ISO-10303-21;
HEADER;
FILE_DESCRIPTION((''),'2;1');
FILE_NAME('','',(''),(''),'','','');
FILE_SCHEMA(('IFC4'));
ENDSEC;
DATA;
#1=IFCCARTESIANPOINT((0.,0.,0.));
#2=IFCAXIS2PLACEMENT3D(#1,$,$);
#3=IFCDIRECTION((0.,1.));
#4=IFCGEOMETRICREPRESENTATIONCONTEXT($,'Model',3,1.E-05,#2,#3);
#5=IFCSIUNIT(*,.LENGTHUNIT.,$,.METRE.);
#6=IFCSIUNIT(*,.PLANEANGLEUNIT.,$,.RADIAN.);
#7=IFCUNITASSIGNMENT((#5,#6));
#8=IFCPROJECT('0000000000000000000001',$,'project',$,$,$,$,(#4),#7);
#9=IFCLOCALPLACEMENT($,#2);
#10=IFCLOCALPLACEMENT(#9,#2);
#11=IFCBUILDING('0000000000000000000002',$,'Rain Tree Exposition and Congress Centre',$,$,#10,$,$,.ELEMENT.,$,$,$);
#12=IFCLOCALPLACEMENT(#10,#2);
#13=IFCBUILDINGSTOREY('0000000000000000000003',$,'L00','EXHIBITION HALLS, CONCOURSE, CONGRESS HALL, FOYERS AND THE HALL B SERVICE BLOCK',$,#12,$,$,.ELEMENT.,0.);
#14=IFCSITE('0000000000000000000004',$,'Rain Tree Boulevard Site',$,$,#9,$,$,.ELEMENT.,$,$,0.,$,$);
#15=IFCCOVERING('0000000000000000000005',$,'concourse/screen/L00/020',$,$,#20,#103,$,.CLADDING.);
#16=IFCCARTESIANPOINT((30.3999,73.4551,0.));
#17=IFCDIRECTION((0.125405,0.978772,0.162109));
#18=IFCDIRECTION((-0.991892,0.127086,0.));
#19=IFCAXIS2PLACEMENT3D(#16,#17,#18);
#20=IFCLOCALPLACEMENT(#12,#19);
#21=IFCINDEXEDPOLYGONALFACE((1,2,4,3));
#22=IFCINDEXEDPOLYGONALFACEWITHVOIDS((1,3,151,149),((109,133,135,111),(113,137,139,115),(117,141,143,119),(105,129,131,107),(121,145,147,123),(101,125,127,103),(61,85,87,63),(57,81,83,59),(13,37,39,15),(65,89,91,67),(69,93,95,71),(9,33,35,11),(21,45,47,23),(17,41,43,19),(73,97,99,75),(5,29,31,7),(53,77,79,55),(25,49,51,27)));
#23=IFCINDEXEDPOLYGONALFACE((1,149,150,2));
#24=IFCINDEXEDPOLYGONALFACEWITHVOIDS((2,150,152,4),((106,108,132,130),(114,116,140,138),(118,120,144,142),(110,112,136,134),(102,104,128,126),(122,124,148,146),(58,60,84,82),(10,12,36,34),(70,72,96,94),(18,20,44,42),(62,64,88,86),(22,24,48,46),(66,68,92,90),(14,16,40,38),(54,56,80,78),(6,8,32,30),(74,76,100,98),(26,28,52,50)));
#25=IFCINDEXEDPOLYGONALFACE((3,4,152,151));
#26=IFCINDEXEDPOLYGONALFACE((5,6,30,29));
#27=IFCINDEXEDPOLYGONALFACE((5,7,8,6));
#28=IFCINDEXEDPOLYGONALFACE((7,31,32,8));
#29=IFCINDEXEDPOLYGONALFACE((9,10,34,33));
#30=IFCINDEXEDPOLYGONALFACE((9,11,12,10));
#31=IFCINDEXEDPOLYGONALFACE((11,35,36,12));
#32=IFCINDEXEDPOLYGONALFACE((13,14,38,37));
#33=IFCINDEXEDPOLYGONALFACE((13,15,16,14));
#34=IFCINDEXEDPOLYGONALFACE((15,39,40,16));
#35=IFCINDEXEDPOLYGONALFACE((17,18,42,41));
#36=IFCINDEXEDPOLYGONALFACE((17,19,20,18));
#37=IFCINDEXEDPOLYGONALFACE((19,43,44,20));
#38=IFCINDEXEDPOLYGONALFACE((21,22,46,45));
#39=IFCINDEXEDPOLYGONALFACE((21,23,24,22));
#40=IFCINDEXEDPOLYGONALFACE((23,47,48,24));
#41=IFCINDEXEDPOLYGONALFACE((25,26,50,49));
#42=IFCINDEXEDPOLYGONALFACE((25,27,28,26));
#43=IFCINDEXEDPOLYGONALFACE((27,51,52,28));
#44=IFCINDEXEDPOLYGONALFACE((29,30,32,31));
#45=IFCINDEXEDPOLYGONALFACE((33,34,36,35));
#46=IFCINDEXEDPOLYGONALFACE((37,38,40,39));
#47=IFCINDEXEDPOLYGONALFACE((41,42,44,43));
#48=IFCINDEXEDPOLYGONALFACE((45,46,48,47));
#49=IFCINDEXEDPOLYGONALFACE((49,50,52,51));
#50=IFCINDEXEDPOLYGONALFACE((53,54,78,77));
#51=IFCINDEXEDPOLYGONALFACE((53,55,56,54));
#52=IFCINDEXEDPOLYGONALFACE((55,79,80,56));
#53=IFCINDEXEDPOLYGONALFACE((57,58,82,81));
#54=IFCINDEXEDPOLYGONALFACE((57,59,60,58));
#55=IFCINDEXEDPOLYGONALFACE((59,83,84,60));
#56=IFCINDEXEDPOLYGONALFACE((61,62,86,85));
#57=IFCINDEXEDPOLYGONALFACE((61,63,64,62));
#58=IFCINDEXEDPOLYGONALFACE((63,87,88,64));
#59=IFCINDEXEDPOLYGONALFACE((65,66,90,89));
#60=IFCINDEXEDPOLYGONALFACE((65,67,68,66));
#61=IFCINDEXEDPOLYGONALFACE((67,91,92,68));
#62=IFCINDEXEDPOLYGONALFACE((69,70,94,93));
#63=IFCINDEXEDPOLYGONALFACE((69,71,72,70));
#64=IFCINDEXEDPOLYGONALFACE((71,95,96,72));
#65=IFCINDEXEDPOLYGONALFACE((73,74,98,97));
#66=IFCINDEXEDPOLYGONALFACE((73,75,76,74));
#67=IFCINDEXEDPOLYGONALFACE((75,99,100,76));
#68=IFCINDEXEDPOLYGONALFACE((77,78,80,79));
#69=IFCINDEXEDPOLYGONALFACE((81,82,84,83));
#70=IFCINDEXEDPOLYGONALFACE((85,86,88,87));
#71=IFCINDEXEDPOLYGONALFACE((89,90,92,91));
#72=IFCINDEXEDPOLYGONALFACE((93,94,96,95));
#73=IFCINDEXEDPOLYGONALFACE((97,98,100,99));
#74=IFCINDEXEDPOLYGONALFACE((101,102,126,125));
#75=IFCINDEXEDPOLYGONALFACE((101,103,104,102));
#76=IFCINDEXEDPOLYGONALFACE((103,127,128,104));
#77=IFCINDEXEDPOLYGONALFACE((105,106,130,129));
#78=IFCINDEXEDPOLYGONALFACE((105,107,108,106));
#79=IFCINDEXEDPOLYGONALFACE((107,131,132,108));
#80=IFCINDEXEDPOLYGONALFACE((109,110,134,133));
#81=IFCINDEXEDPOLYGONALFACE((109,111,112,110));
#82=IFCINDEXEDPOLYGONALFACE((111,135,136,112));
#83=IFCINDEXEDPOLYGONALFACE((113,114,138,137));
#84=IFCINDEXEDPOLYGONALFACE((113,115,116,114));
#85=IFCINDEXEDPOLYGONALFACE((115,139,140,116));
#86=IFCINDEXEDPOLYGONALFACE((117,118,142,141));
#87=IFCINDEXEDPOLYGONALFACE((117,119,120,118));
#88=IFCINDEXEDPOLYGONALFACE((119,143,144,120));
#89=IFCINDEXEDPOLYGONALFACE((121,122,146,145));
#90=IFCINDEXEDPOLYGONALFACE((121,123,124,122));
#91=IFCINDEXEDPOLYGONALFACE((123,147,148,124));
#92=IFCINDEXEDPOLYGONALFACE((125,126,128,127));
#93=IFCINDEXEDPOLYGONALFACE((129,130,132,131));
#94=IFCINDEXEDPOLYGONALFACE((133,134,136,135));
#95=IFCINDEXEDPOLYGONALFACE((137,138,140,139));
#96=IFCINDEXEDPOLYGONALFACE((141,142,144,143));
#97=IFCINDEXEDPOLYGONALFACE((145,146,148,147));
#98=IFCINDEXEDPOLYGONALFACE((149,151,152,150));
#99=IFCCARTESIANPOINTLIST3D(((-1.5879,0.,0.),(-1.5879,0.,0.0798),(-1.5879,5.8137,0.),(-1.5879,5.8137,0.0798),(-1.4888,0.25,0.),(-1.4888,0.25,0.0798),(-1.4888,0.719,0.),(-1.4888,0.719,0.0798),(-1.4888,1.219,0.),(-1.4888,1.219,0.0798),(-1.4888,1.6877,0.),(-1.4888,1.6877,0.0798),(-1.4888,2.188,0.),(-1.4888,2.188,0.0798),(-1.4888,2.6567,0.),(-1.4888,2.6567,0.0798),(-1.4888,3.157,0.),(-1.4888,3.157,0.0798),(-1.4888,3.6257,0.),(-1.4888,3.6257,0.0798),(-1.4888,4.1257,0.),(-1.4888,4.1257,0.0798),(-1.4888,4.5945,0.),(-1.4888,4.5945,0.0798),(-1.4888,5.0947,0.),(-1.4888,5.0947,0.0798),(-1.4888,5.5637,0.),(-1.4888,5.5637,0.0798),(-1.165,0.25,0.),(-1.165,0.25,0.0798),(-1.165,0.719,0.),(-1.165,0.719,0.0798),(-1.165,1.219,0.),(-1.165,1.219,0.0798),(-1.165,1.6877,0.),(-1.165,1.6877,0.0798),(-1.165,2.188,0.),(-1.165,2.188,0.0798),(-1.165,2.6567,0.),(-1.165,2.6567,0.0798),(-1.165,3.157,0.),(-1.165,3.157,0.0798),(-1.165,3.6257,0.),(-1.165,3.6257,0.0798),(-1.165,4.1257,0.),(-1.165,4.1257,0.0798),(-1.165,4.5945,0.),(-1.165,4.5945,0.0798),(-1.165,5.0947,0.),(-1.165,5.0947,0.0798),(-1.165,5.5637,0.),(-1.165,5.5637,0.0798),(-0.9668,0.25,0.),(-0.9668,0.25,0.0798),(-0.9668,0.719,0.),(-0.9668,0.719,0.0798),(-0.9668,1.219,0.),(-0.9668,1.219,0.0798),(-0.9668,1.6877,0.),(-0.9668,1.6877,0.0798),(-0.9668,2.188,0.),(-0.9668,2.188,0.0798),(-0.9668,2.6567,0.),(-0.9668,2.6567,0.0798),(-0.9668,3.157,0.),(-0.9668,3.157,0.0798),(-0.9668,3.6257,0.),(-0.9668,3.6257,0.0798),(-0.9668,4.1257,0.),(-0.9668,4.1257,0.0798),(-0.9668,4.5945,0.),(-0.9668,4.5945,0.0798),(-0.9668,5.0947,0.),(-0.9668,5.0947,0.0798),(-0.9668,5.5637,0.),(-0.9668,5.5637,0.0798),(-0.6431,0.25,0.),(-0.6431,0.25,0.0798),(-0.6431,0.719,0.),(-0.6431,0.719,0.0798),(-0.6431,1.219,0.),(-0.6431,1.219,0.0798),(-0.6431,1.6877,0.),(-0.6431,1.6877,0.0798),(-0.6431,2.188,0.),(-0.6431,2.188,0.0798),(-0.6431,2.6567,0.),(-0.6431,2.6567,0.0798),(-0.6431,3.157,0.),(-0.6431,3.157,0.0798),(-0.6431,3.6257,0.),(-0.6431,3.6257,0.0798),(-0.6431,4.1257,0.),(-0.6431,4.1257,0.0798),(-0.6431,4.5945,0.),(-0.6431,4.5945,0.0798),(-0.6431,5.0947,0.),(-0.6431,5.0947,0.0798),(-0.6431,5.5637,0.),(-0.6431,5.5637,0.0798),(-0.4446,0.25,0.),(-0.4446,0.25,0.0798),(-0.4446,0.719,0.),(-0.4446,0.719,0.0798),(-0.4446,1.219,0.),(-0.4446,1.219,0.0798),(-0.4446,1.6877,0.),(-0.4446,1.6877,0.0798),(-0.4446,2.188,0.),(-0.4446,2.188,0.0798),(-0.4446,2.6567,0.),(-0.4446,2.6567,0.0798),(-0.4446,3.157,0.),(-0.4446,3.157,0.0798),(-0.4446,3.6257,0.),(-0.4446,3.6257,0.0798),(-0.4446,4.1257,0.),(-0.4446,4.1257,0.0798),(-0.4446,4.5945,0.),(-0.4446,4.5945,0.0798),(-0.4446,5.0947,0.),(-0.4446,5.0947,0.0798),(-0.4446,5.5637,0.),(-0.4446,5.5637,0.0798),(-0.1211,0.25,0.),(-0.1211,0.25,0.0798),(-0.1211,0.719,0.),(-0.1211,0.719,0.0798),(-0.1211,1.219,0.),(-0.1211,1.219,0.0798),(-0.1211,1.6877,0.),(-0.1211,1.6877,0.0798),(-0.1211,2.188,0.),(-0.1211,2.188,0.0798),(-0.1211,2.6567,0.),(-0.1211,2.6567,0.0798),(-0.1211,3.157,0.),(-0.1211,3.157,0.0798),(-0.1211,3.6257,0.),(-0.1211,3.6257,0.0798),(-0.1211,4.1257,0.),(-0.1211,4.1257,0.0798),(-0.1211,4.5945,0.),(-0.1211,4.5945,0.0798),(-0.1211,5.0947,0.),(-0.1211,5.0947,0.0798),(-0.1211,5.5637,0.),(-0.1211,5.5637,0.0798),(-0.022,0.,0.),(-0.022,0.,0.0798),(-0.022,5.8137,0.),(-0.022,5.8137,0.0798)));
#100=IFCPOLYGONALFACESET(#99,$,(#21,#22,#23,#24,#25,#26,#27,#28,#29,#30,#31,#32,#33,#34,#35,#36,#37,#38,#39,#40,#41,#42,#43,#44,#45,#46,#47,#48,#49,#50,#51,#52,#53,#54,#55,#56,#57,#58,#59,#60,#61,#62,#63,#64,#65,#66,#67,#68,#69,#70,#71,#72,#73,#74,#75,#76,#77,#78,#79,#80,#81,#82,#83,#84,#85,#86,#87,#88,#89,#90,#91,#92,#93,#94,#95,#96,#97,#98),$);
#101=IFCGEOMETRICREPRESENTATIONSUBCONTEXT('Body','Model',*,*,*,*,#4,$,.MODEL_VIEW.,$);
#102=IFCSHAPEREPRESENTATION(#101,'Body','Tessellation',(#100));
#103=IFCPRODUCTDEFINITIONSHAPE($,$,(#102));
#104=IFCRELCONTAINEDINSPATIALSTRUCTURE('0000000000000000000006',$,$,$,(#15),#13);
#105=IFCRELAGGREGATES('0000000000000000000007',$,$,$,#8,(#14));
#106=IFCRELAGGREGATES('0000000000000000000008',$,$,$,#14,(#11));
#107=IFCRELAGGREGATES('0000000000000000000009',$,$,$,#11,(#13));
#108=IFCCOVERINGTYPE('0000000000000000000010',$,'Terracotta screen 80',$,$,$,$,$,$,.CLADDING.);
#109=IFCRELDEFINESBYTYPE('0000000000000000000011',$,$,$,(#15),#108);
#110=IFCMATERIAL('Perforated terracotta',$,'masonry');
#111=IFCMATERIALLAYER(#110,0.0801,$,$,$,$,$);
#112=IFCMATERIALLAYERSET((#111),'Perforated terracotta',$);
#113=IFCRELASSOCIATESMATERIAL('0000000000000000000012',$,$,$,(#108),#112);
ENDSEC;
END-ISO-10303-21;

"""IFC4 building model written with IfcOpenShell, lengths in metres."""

from ifc_helpers import new_model, si_unit, direction, frame, origin, place, context, subcontext, project, spatial, polyline, outline, extrude, material, layer, layer_set, type_object, element, save


model = new_model("IFC4")

# Units and contexts
model_context = context("Model", 3, precision=1e-05, world=origin(), true_north=direction((0.0, 1.0)))
body_context = subcontext(model_context, "Body", "Model", "MODEL_VIEW")
ifc_project = project(units=[si_unit("LENGTHUNIT", "METRE"), si_unit("PLANEANGLEUNIT", "RADIAN")], contexts=[model_context])

# Site, building, storey
site_placement = place(None, origin())
site = spatial("IfcSite", under=ifc_project, at=site_placement, Name="Rain Tree Boulevard Site", CompositionType="ELEMENT", RefElevation=0.0)
building_placement = place(site_placement, origin())
building = spatial("IfcBuilding", under=site, at=building_placement, Name="Rain Tree Exposition and Congress Centre", CompositionType="ELEMENT")
storey_placement = place(building_placement, origin())
storey = spatial("IfcBuildingStorey", under=building, at=storey_placement, Name="L00", Description="EXHIBITION HALLS, CONCOURSE, CONGRESS HALL, FOYERS AND THE HALL B SERVICE BLOCK", CompositionType="ELEMENT", Elevation=0.0)

# Covering
ifc_material_1 = material(Name="Perforated terracotta", Category="masonry")
ifc_layer_1 = layer(ifc_material_1, 0.0801)
ifc_layer_set_1 = layer_set([ifc_layer_1], Name="Perforated terracotta")
covering_type = type_object("IfcCoveringType", Name="Terracotta screen 80", PredefinedType="CLADDING", material=ifc_layer_set_1)
covering_1_placement = place(storey_placement, frame((30.3999, 73.4551, 0.0), z_axis=(0.125405, 0.978772, 0.162109), x_axis=(-0.991892, 0.127086, 0.0)))
element("IfcCovering", 1, at=covering_1_placement, inside=storey, type_object=covering_type, Name="concourse/screen/L00/020", PredefinedType="CLADDING", context=body_context, shape_type="SweptSolid", body=[
    extrude(outline(polyline([(-0.022, 0.0), (-1.5879, 0.0), (-1.5879, 5.8137), (-0.022, 5.8137), (-0.022, 0.0)]), holes=[polyline([(-0.1211, 0.25), (-0.1211, 0.719), (-0.4446, 0.719), (-0.4446, 0.25), (-0.1211, 0.25)]), polyline([(-0.1211, 1.219), (-0.1211, 1.6877), (-0.4446, 1.6877), (-0.4446, 1.219), (-0.1211, 1.219)]), polyline([(-0.1211, 2.188), (-0.1211, 2.6567), (-0.4446, 2.6567), (-0.4446, 2.188), (-0.1211, 2.188)]), polyline([(-0.1211, 3.157), (-0.1211, 3.6257), (-0.4446, 3.6257), (-0.4446, 3.157), (-0.1211, 3.157)]), polyline([(-0.1211, 4.1257), (-0.1211, 4.5945), (-0.4446, 4.5945), (-0.4446, 4.1257), (-0.1211, 4.1257)]), polyline([(-0.1211, 5.0947), (-0.1211, 5.5637), (-0.4446, 5.5637), (-0.4446, 5.0947), (-0.1211, 5.0947)]), polyline([(-0.6431, 0.25), (-0.6431, 0.719), (-0.9668, 0.719), (-0.9668, 0.25), (-0.6431, 0.25)]), polyline([(-0.6431, 1.219), (-0.6431, 1.6877), (-0.9668, 1.6877), (-0.9668, 1.219), (-0.6431, 1.219)]), polyline([(-0.6431, 2.188), (-0.6431, 2.6567), (-0.9668, 2.6567), (-0.9668, 2.188), (-0.6431, 2.188)]), polyline([(-0.6431, 3.157), (-0.6431, 3.6257), (-0.9668, 3.6257), (-0.9668, 3.157), (-0.6431, 3.157)]), polyline([(-0.6431, 4.1257), (-0.6431, 4.5945), (-0.9668, 4.5945), (-0.9668, 4.1257), (-0.6431, 4.1257)]), polyline([(-0.6431, 5.0947), (-0.6431, 5.5637), (-0.9668, 5.5637), (-0.9668, 5.0947), (-0.6431, 5.0947)]), polyline([(-1.165, 0.25), (-1.165, 0.719), (-1.4888, 0.719), (-1.4888, 0.25), (-1.165, 0.25)]), polyline([(-1.165, 1.219), (-1.165, 1.6877), (-1.4888, 1.6877), (-1.4888, 1.219), (-1.165, 1.219)]), polyline([(-1.165, 2.188), (-1.165, 2.6567), (-1.4888, 2.6567), (-1.4888, 2.188), (-1.165, 2.188)]), polyline([(-1.165, 3.157), (-1.165, 3.6257), (-1.4888, 3.6257), (-1.4888, 3.157), (-1.165, 3.157)]), polyline([(-1.165, 4.1257), (-1.165, 4.5945), (-1.4888, 4.5945), (-1.4888, 4.1257), (-1.165, 4.1257)]), polyline([(-1.165, 5.0947), (-1.165, 5.5637), (-1.4888, 5.5637), (-1.4888, 5.0947), (-1.165, 5.0947)])]), origin(), (0.0, 0.0, 1.0), 0.0798),
])

save(model, "model.ifc")
